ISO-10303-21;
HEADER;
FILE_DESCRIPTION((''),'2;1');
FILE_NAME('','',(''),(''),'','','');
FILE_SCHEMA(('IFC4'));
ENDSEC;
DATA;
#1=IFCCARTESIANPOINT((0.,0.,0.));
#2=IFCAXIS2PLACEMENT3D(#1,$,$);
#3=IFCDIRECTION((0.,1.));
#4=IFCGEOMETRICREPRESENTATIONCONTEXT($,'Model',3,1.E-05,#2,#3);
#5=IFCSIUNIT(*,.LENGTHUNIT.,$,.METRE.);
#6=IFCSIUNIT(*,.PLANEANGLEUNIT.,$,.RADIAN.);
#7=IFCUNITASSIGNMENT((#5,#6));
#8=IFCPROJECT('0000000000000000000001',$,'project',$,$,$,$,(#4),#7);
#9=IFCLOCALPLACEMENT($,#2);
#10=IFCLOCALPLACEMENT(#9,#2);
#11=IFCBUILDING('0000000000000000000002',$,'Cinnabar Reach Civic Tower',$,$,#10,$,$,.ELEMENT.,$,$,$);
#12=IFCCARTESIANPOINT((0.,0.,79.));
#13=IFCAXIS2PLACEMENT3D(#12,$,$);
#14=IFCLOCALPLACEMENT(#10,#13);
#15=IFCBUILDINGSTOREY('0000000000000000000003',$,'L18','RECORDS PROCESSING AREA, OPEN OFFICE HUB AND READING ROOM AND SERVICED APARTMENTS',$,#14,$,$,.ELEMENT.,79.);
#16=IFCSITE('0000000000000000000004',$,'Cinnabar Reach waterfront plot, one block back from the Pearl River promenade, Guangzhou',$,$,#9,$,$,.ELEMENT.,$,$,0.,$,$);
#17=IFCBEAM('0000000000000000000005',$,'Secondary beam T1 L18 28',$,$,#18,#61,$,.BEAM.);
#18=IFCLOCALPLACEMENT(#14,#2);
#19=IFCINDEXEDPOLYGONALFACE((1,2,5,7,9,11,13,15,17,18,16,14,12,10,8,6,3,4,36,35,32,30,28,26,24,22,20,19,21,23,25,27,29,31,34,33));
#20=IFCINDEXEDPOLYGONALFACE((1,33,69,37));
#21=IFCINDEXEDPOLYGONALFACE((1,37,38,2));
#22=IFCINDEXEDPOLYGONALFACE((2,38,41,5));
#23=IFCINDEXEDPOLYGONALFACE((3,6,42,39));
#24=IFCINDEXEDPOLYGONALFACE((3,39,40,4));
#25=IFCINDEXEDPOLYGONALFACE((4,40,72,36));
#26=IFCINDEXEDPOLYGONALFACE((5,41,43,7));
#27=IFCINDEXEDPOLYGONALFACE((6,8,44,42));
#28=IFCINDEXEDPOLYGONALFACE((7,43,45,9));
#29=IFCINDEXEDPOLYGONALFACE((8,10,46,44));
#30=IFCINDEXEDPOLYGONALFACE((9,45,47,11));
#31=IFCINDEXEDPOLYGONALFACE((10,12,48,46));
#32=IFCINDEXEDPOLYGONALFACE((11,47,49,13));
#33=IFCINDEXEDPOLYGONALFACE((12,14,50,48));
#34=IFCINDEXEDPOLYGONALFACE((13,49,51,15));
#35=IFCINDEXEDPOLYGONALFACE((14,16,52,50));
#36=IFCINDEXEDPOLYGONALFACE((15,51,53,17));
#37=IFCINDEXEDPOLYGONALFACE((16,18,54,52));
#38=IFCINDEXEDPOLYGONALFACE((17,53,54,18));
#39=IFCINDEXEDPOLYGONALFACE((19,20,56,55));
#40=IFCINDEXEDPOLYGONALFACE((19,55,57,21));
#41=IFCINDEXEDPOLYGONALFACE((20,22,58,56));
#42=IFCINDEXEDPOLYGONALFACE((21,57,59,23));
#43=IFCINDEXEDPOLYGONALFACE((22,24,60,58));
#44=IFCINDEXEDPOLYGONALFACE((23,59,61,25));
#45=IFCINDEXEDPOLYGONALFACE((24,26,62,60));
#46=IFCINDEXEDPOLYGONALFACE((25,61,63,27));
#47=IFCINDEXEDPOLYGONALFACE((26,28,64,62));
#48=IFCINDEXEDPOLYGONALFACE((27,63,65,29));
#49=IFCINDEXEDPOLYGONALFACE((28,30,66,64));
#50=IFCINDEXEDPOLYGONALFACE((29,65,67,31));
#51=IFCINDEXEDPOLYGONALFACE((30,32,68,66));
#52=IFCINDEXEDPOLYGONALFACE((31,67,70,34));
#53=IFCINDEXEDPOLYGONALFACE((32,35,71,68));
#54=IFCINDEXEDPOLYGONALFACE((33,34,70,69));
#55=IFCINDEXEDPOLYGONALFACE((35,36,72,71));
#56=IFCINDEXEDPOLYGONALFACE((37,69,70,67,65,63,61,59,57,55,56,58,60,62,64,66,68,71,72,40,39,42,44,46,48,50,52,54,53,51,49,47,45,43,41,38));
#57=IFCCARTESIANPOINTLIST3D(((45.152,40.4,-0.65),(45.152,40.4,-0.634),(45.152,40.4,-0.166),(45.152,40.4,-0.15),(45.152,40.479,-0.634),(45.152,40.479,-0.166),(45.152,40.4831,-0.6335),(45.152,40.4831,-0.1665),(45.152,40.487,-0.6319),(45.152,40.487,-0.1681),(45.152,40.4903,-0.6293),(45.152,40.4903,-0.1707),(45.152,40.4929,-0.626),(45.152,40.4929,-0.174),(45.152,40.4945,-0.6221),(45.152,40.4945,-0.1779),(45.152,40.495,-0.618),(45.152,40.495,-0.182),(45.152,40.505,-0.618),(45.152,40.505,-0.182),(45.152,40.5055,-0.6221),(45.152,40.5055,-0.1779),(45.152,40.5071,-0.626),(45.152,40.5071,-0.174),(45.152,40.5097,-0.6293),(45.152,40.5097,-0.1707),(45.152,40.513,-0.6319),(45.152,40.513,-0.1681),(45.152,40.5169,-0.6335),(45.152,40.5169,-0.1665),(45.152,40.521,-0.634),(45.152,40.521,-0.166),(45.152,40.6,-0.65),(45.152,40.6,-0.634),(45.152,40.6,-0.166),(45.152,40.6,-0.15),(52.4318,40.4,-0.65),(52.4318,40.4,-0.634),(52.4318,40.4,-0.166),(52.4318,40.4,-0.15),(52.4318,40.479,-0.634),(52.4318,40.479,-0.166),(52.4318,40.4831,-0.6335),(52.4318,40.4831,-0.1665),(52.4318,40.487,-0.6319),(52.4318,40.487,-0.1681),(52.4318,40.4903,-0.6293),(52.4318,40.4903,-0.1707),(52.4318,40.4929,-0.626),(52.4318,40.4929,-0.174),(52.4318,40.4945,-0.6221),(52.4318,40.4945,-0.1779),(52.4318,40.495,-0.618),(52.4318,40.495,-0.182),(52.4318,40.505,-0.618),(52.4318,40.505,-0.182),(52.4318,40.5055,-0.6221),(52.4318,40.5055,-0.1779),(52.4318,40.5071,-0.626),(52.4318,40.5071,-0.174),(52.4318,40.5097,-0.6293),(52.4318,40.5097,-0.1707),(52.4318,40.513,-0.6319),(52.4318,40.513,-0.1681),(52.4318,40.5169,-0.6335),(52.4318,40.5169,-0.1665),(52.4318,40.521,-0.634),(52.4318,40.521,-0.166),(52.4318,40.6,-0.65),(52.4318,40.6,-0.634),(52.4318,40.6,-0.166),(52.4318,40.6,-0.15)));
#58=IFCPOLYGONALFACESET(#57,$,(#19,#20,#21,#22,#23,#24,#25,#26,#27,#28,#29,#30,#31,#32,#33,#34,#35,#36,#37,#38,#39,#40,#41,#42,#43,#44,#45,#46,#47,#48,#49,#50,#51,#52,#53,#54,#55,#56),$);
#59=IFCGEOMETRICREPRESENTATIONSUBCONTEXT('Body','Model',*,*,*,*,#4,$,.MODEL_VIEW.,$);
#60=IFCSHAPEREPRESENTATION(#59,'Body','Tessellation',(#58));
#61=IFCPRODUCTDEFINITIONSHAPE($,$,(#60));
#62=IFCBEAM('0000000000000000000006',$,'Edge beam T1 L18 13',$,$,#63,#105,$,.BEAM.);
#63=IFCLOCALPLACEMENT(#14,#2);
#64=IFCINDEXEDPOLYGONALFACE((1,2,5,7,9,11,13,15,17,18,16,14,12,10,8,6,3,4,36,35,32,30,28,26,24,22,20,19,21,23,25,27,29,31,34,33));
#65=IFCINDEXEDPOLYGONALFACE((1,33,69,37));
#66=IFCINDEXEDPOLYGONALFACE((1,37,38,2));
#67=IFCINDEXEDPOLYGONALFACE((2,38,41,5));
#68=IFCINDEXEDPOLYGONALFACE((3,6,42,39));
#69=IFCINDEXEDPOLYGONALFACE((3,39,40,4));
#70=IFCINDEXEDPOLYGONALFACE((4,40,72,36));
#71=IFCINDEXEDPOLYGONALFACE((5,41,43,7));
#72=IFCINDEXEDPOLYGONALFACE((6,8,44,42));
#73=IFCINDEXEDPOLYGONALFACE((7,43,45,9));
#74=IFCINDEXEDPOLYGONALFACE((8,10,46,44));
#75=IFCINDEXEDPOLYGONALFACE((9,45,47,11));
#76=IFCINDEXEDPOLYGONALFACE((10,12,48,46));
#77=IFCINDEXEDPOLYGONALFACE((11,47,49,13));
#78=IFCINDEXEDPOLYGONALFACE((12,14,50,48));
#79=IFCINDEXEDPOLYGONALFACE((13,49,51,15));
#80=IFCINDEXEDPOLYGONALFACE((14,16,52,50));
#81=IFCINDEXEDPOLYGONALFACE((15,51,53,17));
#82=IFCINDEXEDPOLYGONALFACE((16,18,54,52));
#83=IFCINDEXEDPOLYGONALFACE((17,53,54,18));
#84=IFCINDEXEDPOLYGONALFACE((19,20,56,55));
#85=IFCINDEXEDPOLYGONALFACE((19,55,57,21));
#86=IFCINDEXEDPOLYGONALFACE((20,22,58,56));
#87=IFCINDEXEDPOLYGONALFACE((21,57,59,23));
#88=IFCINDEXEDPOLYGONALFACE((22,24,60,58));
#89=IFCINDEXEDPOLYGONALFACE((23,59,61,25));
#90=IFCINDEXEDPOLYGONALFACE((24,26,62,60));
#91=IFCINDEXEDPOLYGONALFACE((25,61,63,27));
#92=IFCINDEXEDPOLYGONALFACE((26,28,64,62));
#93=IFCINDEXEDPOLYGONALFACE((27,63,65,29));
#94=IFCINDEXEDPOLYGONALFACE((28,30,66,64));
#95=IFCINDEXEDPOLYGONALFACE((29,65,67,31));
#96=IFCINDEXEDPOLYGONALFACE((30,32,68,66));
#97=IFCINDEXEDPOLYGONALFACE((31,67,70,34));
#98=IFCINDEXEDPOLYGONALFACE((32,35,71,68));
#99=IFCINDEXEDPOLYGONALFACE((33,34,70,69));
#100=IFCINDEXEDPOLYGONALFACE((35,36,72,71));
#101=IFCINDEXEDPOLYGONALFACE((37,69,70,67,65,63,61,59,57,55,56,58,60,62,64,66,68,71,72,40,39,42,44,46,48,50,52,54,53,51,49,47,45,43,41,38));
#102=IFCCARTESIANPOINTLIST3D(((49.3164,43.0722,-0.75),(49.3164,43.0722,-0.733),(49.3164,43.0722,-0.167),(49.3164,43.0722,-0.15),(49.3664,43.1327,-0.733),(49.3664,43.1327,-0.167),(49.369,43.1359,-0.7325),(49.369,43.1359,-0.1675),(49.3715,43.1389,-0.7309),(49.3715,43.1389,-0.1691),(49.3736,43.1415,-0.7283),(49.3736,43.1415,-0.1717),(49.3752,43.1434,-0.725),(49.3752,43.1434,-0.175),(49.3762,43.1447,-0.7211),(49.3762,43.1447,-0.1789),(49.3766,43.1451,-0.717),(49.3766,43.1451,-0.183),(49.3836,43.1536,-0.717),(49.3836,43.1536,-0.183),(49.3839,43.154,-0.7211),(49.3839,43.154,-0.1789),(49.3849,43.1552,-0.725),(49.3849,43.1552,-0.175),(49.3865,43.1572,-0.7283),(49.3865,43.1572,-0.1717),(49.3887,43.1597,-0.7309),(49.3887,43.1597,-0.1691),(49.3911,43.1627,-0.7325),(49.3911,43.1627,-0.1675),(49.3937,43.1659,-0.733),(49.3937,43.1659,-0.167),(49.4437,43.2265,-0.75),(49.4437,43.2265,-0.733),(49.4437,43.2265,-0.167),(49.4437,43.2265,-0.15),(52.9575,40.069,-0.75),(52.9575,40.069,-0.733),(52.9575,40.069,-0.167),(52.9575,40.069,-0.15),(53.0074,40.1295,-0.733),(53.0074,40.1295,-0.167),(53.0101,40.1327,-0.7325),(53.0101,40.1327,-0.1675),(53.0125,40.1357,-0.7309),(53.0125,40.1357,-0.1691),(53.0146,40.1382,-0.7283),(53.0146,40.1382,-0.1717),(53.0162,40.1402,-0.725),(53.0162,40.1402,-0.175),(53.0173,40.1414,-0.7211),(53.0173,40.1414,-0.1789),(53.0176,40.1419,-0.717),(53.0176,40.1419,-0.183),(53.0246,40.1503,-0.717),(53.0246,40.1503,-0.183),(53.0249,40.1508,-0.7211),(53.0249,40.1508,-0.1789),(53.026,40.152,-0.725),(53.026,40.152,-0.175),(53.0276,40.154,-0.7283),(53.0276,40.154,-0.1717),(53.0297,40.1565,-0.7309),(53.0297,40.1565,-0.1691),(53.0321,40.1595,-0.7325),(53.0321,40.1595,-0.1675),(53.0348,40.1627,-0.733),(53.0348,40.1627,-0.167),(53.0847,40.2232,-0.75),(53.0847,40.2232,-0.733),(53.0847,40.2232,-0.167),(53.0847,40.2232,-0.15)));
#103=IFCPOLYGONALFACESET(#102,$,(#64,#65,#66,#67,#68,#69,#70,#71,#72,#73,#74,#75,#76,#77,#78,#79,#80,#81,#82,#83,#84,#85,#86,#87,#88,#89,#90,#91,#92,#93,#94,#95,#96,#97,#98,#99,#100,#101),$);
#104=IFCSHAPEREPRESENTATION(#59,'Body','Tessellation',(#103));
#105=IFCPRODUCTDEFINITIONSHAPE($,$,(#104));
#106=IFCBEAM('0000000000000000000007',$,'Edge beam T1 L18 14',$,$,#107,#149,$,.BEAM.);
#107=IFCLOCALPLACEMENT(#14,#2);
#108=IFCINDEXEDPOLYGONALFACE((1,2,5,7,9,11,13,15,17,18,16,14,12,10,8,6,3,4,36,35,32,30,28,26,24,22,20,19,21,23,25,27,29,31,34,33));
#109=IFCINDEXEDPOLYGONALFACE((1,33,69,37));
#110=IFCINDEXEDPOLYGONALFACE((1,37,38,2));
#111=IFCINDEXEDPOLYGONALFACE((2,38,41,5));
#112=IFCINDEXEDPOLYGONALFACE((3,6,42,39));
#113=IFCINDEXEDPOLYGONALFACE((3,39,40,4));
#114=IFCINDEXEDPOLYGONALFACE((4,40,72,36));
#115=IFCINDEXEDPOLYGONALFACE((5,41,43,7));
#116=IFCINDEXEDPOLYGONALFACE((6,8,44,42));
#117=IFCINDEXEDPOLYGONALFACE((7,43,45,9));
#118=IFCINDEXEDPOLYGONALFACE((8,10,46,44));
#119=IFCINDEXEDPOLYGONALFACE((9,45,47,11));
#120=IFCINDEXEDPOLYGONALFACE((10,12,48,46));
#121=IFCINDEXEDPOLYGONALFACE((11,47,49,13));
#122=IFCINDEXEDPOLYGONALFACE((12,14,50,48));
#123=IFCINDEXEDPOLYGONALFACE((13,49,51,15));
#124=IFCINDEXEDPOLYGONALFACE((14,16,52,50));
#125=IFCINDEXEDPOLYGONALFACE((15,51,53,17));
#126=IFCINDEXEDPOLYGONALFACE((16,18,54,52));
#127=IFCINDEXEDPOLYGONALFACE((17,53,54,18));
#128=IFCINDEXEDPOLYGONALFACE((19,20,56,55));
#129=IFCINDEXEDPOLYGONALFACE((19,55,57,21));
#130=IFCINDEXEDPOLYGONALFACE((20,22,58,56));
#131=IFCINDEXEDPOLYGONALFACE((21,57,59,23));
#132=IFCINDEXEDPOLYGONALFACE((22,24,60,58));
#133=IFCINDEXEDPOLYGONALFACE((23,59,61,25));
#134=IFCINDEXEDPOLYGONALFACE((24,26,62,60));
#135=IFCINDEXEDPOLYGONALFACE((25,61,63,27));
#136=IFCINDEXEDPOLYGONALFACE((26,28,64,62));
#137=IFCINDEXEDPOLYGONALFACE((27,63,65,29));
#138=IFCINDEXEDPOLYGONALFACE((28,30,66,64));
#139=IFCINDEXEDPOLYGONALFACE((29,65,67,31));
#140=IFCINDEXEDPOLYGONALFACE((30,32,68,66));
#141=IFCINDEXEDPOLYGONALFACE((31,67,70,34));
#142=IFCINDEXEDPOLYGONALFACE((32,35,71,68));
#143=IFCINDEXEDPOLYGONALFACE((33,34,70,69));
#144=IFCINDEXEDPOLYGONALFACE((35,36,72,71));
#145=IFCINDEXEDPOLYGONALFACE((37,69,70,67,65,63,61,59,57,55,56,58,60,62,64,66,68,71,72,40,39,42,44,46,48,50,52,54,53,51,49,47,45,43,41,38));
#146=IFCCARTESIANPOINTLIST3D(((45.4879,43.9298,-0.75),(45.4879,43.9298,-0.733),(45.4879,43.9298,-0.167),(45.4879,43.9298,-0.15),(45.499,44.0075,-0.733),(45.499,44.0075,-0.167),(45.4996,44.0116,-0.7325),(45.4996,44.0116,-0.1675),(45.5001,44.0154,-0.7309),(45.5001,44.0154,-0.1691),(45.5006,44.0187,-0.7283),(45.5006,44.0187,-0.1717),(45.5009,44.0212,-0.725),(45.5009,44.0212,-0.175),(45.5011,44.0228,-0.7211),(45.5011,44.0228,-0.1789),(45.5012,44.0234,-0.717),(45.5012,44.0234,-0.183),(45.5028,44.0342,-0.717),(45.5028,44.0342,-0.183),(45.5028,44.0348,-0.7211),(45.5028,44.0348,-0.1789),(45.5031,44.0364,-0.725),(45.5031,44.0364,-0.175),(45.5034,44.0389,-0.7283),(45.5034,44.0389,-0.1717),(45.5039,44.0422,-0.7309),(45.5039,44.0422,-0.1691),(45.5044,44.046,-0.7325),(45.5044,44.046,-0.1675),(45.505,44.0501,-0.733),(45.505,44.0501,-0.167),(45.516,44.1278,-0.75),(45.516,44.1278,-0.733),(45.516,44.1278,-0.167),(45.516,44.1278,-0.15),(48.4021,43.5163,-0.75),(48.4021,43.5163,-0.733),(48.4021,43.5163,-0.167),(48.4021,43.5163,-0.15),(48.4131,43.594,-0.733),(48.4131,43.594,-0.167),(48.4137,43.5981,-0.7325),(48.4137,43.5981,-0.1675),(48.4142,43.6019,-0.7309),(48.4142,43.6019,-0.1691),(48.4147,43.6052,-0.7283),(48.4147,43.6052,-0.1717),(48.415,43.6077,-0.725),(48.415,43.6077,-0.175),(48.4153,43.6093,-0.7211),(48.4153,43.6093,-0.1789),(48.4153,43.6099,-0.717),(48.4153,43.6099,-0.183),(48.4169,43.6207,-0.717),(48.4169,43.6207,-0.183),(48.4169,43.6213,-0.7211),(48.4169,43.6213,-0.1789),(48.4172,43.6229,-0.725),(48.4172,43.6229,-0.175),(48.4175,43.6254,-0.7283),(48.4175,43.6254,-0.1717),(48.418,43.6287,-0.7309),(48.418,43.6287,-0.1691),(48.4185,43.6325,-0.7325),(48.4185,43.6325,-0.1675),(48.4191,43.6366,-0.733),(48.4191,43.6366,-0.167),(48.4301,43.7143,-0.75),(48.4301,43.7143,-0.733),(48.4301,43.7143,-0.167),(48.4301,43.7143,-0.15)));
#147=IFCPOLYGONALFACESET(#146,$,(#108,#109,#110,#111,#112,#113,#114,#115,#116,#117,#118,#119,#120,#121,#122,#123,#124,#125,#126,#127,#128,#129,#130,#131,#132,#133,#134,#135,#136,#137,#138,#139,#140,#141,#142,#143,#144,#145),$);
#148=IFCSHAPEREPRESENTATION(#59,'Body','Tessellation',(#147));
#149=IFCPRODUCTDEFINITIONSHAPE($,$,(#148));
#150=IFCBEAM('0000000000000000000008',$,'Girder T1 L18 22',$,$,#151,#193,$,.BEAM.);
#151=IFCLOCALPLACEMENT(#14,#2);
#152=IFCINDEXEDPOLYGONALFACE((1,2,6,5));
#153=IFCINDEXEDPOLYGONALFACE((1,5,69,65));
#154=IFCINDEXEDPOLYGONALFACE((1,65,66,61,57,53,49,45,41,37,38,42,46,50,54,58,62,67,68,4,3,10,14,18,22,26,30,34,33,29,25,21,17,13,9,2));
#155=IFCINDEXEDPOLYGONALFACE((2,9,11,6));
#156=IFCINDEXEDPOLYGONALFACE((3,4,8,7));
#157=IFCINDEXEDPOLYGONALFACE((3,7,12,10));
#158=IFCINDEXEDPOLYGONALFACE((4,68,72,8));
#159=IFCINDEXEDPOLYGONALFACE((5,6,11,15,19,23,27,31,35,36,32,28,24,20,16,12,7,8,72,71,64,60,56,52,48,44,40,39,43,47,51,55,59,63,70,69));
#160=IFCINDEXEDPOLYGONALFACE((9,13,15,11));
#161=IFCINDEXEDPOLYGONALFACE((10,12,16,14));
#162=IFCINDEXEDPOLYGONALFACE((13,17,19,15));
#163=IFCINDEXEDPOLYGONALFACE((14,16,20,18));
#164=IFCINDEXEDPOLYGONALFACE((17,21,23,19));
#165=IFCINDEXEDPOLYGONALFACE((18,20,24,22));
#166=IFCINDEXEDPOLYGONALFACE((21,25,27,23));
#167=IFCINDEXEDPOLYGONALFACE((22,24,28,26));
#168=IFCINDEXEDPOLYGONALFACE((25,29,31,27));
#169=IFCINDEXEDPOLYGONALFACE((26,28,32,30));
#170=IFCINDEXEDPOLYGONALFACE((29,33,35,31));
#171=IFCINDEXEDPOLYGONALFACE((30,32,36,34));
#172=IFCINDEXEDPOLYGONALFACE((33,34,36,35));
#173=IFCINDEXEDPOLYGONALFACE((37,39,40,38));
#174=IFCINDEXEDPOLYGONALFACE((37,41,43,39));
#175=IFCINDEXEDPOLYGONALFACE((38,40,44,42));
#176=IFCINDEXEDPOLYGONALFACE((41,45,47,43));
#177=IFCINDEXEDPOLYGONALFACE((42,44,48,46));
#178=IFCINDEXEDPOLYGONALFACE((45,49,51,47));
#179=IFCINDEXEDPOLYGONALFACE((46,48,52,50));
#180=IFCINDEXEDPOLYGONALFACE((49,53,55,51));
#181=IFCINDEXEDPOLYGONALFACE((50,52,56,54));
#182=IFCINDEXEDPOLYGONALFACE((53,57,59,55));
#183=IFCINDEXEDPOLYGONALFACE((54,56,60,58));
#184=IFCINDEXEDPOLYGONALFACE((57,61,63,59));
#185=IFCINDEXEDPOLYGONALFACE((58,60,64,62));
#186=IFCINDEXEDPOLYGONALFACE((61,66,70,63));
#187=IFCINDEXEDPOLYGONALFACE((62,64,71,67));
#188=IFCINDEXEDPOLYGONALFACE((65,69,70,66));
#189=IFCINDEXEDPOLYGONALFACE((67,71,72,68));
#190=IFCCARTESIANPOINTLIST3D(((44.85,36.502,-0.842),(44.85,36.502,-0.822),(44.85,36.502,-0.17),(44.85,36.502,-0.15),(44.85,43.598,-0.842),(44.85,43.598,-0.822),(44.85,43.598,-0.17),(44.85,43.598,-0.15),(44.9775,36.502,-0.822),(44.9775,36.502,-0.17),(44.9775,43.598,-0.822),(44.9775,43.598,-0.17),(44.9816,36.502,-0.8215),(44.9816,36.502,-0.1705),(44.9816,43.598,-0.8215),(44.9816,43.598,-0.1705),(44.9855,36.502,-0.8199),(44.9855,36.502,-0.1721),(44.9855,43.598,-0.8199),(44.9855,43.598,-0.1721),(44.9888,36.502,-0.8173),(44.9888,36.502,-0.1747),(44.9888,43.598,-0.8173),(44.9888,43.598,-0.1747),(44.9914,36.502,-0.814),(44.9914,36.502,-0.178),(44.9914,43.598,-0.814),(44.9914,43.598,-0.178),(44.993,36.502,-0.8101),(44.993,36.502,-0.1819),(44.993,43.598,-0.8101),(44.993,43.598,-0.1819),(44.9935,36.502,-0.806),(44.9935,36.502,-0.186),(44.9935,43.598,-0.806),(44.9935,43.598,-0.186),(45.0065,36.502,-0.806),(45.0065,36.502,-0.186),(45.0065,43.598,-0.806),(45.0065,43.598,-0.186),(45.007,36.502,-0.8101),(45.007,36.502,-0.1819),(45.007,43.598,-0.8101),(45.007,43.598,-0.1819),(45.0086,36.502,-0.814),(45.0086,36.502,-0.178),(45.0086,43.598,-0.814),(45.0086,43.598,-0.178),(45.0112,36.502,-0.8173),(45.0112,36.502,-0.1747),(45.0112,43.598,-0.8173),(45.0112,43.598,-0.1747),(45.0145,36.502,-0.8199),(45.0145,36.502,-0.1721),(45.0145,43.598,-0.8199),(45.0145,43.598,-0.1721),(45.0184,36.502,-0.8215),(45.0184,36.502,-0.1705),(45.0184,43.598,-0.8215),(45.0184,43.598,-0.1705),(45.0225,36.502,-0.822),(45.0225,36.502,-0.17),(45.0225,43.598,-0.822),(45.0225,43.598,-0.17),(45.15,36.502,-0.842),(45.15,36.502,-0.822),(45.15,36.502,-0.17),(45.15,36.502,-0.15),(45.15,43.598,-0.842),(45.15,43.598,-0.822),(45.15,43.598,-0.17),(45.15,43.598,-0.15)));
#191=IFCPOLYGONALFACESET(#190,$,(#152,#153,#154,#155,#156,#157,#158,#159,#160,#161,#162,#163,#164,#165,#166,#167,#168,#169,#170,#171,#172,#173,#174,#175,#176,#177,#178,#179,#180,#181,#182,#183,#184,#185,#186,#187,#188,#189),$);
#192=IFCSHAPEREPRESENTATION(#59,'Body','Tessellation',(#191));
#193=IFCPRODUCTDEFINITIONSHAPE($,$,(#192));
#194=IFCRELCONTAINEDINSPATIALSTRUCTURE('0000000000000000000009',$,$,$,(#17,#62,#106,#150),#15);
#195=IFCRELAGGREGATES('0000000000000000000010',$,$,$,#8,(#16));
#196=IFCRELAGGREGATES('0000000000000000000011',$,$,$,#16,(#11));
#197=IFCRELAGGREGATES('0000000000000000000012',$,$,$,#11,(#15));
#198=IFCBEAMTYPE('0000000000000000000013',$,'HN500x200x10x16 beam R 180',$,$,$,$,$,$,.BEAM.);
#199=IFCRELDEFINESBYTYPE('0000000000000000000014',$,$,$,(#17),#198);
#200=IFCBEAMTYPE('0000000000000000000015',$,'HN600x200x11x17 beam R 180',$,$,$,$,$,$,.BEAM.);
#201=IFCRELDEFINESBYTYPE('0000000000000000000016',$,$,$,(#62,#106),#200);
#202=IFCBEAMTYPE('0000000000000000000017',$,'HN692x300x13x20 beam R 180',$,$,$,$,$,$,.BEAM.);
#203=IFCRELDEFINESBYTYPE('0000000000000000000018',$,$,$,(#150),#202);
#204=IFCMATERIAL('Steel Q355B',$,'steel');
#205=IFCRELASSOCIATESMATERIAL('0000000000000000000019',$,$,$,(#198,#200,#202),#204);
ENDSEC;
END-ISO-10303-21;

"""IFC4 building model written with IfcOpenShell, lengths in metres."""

from ifc_helpers import new_model, si_unit, direction, frame, origin, origin_2d, place, context, subcontext, project, spatial, i_section, extrude, material, material_profile, profile_set, type_object, element, save


model = new_model("IFC4")

# Units and contexts
model_context = context("Model", 3, precision=1e-05, world=origin(), true_north=direction((0.0, 1.0)))
body_context = subcontext(model_context, "Body", "Model", "MODEL_VIEW")
ifc_project = project(units=[si_unit("LENGTHUNIT", "METRE"), si_unit("PLANEANGLEUNIT", "RADIAN")], contexts=[model_context])

# Site, building, storey
site_placement = place(None, origin())
site = spatial("IfcSite", under=ifc_project, at=site_placement, Name="Cinnabar Reach waterfront plot, one block back from the Pearl River promenade, Guangzhou", CompositionType="ELEMENT", RefElevation=0.0)
building_placement = place(site_placement, origin())
building = spatial("IfcBuilding", under=site, at=building_placement, Name="Cinnabar Reach Civic Tower", CompositionType="ELEMENT")
storey_placement = place(building_placement, frame((0.0, 0.0, 79.0)))
storey = spatial("IfcBuildingStorey", under=building, at=storey_placement, Name="L18", Description="RECORDS PROCESSING AREA, OPEN OFFICE HUB AND READING ROOM AND SERVICED APARTMENTS", CompositionType="ELEMENT", Elevation=79.0)

# Beams
ifc_material_1 = material(Name="Steel Q355B", Category="steel")
ifc_material_profile_1 = material_profile(ifc_material_1, i_section(OverallWidth=0.2, OverallDepth=0.5, WebThickness=0.01, FlangeThickness=0.016, FilletRadius=0.016, at=origin_2d()), Name="HN500x200x10x16")
ifc_profile_set_1 = profile_set([ifc_material_profile_1], Name="Steel Q355B")
beam_type_1 = type_object("IfcBeamType", Name="HN500x200x10x16 beam R 180", PredefinedType="BEAM", material=ifc_profile_set_1)
beam_1_placement = place(storey_placement, frame((45.152, 40.5, -0.4), z_axis=(1.0, 0.0, 0.0), x_axis=(0.0, 1.0, 0.0)))
element("IfcBeam", 1, at=beam_1_placement, inside=storey, type_object=beam_type_1, Name="Secondary beam T1 L18 28", PredefinedType="BEAM", context=body_context, shape_type="SweptSolid", body=[
    extrude(i_section(OverallWidth=0.2, OverallDepth=0.5, WebThickness=0.01, FlangeThickness=0.016, FilletRadius=0.016, at=origin_2d()), origin(), (0.0, 0.0, 1.0), 7.2798),
])
ifc_material_profile_2 = material_profile(ifc_material_1, i_section(OverallWidth=0.2, OverallDepth=0.6, WebThickness=0.011, FlangeThickness=0.017, FilletRadius=0.016, at=origin_2d()), Name="HN600x200x11x17")
ifc_profile_set_2 = profile_set([ifc_material_profile_2], Name="Steel Q355B")
beam_type_2 = type_object("IfcBeamType", Name="HN600x200x11x17 beam R 180", PredefinedType="BEAM", material=ifc_profile_set_2)
beam_2_placement = place(storey_placement, frame((53.0211, 40.1461, -0.45), z_axis=(-0.771438, 0.636304, 0.0), x_axis=(-0.636304, -0.771438, 0.0)))
element("IfcBeam", 2, at=beam_2_placement, inside=storey, type_object=beam_type_2, Name="Edge beam T1 L18 13", PredefinedType="BEAM", context=body_context, shape_type="SweptSolid", body=[
    extrude(i_section(OverallWidth=0.2, OverallDepth=0.6, WebThickness=0.011, FlangeThickness=0.017, FilletRadius=0.016, at=origin_2d()), origin(), (0.0, 0.0, 1.0), 4.7198),
])
beam_3_placement = place(storey_placement, frame((48.4161, 43.6153, -0.45), z_axis=(-0.990082, 0.140489, 0.0), x_axis=(-0.140489, -0.990082, 0.0)))
element("IfcBeam", 3, at=beam_3_placement, inside=storey, type_object=beam_type_2, Name="Edge beam T1 L18 14", PredefinedType="BEAM", context=body_context, shape_type="SweptSolid", body=[
    extrude(i_section(OverallWidth=0.2, OverallDepth=0.6, WebThickness=0.011, FlangeThickness=0.017, FilletRadius=0.016, at=origin_2d()), origin(), (0.0, 0.0, 1.0), 2.9433),
])
ifc_material_profile_3 = material_profile(ifc_material_1, i_section(OverallWidth=0.3, OverallDepth=0.692, WebThickness=0.013, FlangeThickness=0.02, FilletRadius=0.016, at=origin_2d()), Name="HN692x300x13x20")
ifc_profile_set_3 = profile_set([ifc_material_profile_3], Name="Steel Q355B")
beam_type_3 = type_object("IfcBeamType", Name="HN692x300x13x20 beam R 180", PredefinedType="BEAM", material=ifc_profile_set_3)
beam_4_placement = place(storey_placement, frame((45.0, 36.502, -0.496), z_axis=(0.0, 1.0, 0.0), x_axis=(-1.0, 0.0, 0.0)))
element("IfcBeam", 4, at=beam_4_placement, inside=storey, type_object=beam_type_3, Name="Girder T1 L18 22", PredefinedType="BEAM", context=body_context, shape_type="SweptSolid", body=[
    extrude(i_section(OverallWidth=0.3, OverallDepth=0.692, WebThickness=0.013, FlangeThickness=0.02, FilletRadius=0.016, at=origin_2d()), origin(), (0.0, 0.0, 1.0), 7.096),
])

save(model, "model.ifc")
